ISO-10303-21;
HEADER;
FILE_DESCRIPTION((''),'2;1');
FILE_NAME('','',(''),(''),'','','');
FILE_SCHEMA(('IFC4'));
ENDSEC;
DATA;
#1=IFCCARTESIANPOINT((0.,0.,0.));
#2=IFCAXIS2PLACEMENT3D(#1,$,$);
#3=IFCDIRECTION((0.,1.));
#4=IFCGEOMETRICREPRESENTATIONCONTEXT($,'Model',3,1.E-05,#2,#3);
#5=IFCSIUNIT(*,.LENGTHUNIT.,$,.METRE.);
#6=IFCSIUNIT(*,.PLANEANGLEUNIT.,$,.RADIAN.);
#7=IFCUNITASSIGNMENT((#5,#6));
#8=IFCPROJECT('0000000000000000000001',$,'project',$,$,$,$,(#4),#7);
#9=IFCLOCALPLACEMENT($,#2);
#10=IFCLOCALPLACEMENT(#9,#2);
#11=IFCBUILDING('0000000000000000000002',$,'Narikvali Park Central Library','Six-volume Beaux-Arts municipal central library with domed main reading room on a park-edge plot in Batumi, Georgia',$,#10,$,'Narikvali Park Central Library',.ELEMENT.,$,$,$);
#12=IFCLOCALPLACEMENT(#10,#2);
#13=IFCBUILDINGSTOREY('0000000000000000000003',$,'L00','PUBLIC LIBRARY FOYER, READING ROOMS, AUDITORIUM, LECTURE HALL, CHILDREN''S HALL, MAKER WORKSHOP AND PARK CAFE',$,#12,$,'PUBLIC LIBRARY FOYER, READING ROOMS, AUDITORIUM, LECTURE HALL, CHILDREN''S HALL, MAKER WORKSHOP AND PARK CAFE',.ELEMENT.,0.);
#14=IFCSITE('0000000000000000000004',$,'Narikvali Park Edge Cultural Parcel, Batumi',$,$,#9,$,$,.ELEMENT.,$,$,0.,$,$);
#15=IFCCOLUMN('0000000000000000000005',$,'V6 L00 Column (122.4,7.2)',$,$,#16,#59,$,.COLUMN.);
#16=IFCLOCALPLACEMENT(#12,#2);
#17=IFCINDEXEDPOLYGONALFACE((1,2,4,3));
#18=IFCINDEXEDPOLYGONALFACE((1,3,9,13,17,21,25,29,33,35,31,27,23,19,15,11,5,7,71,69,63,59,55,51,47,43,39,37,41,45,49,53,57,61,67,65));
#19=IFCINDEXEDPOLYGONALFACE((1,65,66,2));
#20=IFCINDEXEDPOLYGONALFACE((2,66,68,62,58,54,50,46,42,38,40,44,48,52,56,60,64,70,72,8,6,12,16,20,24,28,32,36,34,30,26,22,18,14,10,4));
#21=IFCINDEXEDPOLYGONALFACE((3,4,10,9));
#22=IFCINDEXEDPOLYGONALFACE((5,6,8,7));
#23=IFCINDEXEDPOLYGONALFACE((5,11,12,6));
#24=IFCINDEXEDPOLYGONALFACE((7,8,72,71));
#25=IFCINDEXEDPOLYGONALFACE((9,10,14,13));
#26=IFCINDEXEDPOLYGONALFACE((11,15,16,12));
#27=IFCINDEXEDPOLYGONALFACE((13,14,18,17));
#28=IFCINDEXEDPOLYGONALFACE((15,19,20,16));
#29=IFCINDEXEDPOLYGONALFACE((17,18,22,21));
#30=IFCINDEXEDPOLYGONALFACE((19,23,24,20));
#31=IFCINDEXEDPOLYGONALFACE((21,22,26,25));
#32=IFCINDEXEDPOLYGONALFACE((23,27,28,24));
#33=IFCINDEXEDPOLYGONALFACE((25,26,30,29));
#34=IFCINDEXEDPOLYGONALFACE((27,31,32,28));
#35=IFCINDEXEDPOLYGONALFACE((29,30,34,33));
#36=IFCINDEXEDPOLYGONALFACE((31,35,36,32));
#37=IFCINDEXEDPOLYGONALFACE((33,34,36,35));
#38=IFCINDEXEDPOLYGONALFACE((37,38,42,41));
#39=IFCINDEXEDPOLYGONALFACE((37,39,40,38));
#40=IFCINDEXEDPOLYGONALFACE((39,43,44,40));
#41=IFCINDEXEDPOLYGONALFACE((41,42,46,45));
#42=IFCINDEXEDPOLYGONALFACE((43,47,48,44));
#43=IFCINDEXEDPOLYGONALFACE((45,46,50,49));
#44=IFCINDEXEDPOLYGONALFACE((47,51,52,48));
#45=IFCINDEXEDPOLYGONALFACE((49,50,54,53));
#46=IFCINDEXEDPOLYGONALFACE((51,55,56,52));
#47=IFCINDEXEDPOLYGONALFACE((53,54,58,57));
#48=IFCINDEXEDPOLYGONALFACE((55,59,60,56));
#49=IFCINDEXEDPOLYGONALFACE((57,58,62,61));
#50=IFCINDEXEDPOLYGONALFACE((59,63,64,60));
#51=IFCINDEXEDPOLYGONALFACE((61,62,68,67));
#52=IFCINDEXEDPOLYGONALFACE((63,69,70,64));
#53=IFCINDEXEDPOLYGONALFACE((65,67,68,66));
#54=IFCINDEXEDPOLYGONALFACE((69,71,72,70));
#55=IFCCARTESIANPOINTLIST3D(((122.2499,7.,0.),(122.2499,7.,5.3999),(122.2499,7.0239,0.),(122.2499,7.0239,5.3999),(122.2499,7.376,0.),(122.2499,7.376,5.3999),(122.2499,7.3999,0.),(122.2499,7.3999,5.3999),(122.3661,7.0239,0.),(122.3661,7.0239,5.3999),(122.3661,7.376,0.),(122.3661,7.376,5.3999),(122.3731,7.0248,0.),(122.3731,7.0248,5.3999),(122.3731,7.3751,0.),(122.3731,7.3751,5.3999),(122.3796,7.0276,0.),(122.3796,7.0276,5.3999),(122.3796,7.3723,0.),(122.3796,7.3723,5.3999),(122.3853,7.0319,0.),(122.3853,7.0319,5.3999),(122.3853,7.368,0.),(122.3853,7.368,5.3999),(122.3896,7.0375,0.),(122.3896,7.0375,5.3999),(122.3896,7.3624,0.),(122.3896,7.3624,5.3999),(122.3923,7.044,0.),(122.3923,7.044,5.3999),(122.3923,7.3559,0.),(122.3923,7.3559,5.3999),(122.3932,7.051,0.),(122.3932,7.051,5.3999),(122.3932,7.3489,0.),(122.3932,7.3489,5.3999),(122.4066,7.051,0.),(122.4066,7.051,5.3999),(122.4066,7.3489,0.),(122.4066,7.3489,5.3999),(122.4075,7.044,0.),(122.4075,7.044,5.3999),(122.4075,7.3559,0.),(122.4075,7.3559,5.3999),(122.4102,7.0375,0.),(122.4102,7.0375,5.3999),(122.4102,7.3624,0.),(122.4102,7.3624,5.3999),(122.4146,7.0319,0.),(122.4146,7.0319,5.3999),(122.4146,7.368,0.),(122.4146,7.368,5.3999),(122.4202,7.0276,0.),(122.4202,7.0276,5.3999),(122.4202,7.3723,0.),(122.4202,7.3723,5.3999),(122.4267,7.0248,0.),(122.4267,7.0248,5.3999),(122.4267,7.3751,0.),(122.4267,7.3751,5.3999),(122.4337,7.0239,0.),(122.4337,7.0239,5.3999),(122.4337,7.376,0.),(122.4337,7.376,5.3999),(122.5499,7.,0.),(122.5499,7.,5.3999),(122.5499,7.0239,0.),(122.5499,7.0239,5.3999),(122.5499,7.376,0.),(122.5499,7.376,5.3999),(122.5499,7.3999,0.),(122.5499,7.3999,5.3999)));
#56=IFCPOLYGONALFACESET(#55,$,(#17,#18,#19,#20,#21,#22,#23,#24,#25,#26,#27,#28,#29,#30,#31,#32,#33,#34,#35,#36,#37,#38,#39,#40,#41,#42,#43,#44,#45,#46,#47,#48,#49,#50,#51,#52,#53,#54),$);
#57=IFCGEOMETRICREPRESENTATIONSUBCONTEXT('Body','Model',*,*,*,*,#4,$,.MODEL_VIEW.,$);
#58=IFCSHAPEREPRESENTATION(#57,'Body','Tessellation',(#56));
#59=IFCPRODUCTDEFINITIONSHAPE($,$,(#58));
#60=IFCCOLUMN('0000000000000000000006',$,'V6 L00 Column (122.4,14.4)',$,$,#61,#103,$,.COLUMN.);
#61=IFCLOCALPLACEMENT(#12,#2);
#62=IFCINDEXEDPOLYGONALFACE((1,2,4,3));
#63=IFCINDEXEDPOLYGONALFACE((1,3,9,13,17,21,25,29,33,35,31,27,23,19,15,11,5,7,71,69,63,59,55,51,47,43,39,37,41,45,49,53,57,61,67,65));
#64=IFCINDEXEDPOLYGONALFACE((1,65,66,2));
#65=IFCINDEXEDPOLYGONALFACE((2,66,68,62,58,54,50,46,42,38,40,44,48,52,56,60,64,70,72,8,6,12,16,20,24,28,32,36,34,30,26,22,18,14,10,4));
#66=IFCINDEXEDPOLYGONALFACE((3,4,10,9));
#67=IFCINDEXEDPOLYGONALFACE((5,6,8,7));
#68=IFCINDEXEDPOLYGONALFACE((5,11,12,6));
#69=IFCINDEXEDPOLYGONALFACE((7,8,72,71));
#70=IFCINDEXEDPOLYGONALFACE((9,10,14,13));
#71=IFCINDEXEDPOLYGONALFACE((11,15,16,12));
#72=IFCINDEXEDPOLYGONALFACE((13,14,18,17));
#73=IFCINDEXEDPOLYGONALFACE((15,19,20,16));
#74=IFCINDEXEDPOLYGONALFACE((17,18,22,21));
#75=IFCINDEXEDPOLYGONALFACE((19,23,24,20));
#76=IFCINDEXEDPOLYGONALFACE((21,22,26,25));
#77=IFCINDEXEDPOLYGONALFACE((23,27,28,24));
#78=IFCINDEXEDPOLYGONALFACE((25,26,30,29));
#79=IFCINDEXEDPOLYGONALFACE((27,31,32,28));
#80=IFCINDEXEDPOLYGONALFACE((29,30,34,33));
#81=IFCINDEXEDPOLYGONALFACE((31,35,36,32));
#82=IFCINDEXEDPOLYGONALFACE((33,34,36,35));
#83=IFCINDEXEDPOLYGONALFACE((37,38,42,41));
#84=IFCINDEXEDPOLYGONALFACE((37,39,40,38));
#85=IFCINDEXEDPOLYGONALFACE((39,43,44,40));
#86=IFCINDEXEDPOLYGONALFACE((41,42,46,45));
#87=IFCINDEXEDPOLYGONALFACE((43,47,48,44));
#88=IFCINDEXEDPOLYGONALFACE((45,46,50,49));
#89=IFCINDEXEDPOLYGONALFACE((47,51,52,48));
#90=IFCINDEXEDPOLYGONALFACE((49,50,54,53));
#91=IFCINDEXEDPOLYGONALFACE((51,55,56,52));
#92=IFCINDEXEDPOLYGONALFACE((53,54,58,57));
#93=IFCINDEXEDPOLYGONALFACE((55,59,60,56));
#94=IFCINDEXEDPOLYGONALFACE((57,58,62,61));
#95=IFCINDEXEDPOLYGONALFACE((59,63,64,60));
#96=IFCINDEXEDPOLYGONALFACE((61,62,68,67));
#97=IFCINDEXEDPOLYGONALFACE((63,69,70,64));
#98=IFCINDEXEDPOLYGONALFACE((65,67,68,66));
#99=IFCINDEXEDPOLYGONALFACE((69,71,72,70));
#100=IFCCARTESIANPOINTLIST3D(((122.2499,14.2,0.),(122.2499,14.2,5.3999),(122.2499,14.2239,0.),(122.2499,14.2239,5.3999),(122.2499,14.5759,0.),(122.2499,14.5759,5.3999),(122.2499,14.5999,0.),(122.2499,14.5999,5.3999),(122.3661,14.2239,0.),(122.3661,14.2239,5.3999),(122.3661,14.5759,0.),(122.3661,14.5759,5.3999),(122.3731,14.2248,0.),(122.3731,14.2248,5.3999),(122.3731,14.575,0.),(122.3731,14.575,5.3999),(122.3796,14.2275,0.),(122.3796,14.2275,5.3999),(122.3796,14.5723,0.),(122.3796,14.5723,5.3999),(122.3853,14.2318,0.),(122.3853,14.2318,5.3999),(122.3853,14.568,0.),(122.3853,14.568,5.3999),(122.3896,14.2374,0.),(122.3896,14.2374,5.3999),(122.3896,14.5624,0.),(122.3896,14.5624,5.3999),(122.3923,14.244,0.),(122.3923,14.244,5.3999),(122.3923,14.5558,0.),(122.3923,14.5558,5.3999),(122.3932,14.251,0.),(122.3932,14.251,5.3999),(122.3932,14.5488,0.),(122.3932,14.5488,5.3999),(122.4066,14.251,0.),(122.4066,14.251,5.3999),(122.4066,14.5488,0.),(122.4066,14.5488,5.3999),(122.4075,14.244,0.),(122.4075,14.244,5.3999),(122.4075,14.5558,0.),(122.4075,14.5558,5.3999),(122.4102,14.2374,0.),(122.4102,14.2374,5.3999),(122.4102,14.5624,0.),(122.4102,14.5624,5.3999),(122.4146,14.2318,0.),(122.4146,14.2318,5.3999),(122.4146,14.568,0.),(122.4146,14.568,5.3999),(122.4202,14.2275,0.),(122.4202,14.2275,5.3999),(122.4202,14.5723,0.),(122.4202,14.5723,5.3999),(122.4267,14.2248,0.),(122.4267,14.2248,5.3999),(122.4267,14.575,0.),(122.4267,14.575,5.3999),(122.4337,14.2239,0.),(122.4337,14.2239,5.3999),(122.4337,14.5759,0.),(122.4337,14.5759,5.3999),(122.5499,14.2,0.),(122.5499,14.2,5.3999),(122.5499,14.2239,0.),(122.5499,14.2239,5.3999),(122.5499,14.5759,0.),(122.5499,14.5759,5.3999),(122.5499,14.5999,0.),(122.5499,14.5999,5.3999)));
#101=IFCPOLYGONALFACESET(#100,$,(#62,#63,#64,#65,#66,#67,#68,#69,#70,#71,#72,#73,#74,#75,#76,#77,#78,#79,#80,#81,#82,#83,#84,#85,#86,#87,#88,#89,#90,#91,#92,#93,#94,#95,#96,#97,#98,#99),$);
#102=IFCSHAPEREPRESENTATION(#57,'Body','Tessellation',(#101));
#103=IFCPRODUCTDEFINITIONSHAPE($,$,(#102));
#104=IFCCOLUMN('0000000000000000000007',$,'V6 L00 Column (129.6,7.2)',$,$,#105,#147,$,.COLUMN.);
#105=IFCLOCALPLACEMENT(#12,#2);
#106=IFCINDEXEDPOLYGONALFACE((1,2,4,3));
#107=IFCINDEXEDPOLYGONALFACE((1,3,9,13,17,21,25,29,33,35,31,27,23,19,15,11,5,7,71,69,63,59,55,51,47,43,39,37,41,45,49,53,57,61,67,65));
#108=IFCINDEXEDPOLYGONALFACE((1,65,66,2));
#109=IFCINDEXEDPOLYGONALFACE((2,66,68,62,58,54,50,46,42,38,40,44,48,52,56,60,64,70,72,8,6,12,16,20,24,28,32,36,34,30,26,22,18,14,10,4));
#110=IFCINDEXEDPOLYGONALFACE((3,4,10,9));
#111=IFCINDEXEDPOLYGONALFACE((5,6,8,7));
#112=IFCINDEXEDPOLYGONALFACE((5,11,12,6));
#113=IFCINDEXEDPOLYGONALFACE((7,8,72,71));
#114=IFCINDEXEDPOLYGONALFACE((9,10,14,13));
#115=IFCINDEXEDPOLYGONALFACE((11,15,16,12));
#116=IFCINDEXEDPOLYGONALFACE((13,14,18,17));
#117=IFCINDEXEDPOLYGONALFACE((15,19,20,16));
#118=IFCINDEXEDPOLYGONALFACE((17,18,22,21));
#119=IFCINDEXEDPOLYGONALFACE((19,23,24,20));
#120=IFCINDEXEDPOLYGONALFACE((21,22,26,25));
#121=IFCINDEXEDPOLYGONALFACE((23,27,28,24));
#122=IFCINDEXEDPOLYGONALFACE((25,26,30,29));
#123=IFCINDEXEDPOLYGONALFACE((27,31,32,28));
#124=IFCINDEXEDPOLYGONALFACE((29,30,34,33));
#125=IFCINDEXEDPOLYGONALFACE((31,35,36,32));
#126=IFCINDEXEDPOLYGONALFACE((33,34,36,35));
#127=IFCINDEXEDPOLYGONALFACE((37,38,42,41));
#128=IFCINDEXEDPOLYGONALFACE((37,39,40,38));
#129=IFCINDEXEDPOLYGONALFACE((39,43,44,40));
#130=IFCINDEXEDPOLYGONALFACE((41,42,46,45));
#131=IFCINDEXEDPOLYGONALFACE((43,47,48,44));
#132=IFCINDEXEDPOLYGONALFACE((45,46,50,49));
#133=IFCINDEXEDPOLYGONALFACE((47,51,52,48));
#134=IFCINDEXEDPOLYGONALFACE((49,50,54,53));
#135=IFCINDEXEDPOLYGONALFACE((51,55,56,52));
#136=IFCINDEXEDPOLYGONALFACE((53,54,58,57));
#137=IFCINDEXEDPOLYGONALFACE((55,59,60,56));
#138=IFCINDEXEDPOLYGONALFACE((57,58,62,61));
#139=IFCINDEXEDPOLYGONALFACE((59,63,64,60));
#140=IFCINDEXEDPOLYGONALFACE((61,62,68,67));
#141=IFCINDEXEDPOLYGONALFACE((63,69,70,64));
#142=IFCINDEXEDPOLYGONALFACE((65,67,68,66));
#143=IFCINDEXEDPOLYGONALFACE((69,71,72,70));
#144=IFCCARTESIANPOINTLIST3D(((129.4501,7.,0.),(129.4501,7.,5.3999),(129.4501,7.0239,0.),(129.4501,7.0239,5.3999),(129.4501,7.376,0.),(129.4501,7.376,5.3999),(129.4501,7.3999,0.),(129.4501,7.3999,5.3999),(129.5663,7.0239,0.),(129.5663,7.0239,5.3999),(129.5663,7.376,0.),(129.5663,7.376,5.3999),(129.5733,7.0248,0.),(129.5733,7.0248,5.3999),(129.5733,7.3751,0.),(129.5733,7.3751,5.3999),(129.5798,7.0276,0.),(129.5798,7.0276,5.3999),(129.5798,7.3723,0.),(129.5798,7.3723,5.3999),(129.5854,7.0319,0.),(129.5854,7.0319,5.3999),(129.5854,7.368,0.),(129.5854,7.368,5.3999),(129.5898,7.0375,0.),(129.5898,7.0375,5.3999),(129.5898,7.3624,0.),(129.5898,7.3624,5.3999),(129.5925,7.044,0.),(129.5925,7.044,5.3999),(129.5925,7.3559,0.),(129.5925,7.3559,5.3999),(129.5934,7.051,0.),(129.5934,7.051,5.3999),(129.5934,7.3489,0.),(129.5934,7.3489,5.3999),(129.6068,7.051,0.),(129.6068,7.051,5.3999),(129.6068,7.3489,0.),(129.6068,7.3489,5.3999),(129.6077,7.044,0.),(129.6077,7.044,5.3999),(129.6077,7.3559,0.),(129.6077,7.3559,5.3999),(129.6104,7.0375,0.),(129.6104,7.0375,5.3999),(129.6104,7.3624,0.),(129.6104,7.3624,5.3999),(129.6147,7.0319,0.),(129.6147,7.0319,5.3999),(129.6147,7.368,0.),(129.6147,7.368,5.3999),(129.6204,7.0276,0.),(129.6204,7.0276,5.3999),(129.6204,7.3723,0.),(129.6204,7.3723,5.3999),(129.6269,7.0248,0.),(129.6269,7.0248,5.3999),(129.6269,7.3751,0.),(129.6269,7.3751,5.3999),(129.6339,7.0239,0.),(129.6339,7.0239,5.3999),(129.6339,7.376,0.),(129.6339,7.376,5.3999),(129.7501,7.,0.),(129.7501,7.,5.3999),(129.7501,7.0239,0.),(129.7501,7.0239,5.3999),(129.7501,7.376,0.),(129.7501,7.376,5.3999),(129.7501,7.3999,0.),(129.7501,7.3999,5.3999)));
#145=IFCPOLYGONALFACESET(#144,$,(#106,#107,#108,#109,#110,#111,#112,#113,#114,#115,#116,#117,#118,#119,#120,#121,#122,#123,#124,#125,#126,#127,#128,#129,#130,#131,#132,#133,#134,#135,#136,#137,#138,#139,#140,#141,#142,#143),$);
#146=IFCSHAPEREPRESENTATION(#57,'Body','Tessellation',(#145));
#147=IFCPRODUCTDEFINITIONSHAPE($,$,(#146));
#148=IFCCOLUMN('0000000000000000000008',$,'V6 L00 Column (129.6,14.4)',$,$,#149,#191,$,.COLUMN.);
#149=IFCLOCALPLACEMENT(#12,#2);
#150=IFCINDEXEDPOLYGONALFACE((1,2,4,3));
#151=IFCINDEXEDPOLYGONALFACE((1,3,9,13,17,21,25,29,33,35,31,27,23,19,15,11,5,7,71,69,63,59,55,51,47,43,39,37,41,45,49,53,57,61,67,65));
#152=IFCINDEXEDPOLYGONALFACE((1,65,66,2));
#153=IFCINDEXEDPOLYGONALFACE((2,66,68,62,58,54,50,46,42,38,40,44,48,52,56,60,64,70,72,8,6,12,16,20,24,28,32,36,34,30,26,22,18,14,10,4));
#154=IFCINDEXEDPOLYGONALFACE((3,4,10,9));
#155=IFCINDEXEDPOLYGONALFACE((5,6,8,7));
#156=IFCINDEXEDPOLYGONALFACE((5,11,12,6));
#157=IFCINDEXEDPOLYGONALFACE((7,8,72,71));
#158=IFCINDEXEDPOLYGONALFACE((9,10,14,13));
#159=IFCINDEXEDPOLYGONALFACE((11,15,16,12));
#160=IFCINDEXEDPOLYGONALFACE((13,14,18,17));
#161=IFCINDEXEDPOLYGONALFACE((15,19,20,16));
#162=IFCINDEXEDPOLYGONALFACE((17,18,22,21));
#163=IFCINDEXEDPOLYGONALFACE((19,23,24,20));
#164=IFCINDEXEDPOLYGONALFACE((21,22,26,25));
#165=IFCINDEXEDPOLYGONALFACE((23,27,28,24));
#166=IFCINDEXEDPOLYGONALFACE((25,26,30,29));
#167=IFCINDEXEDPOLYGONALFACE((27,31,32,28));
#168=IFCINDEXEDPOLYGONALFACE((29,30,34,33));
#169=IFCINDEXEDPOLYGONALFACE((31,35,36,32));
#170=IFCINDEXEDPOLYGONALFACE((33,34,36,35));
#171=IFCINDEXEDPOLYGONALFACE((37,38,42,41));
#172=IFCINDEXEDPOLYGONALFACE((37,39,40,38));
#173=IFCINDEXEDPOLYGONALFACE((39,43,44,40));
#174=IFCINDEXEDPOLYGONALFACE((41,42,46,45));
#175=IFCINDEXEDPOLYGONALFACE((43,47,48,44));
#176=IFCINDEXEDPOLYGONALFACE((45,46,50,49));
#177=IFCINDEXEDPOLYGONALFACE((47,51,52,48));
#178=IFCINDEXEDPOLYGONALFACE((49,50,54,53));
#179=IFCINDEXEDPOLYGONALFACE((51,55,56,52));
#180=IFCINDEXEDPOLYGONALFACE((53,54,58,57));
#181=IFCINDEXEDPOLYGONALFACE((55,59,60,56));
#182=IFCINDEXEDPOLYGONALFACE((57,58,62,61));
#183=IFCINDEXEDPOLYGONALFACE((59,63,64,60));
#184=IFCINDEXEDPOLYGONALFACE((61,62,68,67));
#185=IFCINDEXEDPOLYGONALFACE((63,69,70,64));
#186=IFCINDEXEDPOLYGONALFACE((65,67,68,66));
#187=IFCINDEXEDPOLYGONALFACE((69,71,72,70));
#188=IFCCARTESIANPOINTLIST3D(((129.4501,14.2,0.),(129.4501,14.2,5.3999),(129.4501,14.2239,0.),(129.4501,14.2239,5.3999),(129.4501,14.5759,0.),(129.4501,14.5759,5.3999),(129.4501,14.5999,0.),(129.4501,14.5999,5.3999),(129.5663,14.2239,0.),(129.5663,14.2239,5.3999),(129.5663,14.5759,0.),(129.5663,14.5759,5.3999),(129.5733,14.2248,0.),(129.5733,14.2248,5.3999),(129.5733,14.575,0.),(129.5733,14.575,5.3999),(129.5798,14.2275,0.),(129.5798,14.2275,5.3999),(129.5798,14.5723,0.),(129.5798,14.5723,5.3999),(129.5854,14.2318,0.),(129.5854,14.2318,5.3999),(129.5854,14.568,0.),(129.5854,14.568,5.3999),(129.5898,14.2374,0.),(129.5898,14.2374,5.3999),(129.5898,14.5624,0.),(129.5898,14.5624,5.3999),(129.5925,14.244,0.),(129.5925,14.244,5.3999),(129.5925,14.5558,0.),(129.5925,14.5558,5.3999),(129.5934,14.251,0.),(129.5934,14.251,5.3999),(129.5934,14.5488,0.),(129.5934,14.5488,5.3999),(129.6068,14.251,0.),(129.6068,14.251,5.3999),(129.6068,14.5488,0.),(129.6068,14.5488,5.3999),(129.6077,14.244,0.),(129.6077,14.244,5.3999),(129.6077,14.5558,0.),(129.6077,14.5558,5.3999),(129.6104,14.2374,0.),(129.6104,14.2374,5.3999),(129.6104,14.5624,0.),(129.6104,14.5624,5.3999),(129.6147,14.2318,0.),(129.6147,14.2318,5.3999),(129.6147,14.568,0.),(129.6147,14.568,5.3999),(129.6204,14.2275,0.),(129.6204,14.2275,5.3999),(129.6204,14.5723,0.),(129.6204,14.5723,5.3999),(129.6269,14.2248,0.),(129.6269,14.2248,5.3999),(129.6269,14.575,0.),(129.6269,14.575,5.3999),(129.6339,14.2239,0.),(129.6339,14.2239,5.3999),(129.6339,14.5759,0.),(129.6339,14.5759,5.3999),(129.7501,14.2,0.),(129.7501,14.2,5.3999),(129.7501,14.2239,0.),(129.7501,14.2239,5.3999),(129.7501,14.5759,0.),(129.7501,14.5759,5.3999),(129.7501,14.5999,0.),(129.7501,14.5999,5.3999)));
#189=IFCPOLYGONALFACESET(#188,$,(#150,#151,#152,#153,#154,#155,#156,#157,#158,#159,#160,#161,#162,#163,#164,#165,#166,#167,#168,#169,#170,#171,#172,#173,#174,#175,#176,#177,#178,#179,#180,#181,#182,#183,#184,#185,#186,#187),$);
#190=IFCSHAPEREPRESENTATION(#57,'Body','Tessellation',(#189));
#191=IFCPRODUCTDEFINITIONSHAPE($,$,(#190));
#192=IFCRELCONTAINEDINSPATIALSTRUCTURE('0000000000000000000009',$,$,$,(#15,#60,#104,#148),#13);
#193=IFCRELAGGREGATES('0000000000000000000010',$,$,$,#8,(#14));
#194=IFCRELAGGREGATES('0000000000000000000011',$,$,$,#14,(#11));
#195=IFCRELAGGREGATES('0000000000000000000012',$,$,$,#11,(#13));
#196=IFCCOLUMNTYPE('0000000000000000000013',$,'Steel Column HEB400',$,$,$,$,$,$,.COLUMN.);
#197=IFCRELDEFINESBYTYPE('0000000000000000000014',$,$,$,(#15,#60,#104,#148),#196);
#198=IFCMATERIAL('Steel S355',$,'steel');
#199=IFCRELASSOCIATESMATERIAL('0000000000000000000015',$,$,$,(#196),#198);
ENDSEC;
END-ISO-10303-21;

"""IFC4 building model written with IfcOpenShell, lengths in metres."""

from ifc_helpers import new_model, si_unit, direction, frame, origin, origin_2d, place, context, subcontext, project, spatial, i_section, extrude, material, material_profile, profile_set, type_object, element, save


model = new_model("IFC4")

# Units and contexts
model_context = context("Model", 3, precision=1e-05, world=origin(), true_north=direction((0.0, 1.0)))
body_context = subcontext(model_context, "Body", "Model", "MODEL_VIEW")
ifc_project = project(units=[si_unit("LENGTHUNIT", "METRE"), si_unit("PLANEANGLEUNIT", "RADIAN")], contexts=[model_context])

# Site, building, storey
site_placement = place(None, origin())
site = spatial("IfcSite", under=ifc_project, at=site_placement, Name="Narikvali Park Edge Cultural Parcel, Batumi", CompositionType="ELEMENT", RefElevation=0.0)
building_placement = place(site_placement, origin())
building = spatial("IfcBuilding", under=site, at=building_placement, Name="Narikvali Park Central Library", Description="Six-volume Beaux-Arts municipal central library with domed main reading room on a park-edge plot in Batumi, Georgia", LongName="Narikvali Park Central Library", CompositionType="ELEMENT")
storey_placement = place(building_placement, origin())
storey = spatial("IfcBuildingStorey", under=building, at=storey_placement, Name="L00", Description="PUBLIC LIBRARY FOYER, READING ROOMS, AUDITORIUM, LECTURE HALL, CHILDREN'S HALL, MAKER WORKSHOP AND PARK CAFE", LongName="PUBLIC LIBRARY FOYER, READING ROOMS, AUDITORIUM, LECTURE HALL, CHILDREN'S HALL, MAKER WORKSHOP AND PARK CAFE", CompositionType="ELEMENT", Elevation=0.0)

# Columns
ifc_material_1 = material(Name="Steel S355", Category="steel")
ifc_material_profile_1 = material_profile(ifc_material_1, i_section(OverallWidth=0.3, OverallDepth=0.3999, WebThickness=0.0134, FlangeThickness=0.0239, FilletRadius=0.0271, at=origin_2d()), Name="HEB 400")
ifc_profile_set_1 = profile_set([ifc_material_profile_1], Name="Steel S355")
column_type = type_object("IfcColumnType", Name="Steel Column HEB400", PredefinedType="COLUMN", material=ifc_profile_set_1)
for number, where, z_axis, x_axis, name in (
    (1, (122.3999, 7.2, 0.0), (0.0, 0.0, 1.0), (1.0, 0.0, 0.0), "V6 L00 Column (122.4,7.2)"),
    (2, (122.3999, 14.3999, 0.0), (0.0, 0.0, 1.0), (1.0, 0.0, 0.0), "V6 L00 Column (122.4,14.4)"),
    (3, (129.6001, 7.2, 0.0), (0.0, 0.0, 1.0), (1.0, 0.0, 0.0), "V6 L00 Column (129.6,7.2)"),
    (4, (129.6001, 14.3999, 0.0), (0.0, 0.0, 1.0), (1.0, 0.0, 0.0), "V6 L00 Column (129.6,14.4)"),
):
    element("IfcColumn", number, at=place(storey_placement, frame(where, z_axis=z_axis, x_axis=x_axis)), inside=storey, type_object=column_type, Name=name, PredefinedType="COLUMN", context=body_context, shape_type="SweptSolid", body=[
        extrude(i_section(OverallWidth=0.3, OverallDepth=0.3999, WebThickness=0.0134, FlangeThickness=0.0239, FilletRadius=0.0271, at=origin_2d()), origin(), (0.0, 0.0, 1.0), 5.3999),
    ])

save(model, "model.ifc")
